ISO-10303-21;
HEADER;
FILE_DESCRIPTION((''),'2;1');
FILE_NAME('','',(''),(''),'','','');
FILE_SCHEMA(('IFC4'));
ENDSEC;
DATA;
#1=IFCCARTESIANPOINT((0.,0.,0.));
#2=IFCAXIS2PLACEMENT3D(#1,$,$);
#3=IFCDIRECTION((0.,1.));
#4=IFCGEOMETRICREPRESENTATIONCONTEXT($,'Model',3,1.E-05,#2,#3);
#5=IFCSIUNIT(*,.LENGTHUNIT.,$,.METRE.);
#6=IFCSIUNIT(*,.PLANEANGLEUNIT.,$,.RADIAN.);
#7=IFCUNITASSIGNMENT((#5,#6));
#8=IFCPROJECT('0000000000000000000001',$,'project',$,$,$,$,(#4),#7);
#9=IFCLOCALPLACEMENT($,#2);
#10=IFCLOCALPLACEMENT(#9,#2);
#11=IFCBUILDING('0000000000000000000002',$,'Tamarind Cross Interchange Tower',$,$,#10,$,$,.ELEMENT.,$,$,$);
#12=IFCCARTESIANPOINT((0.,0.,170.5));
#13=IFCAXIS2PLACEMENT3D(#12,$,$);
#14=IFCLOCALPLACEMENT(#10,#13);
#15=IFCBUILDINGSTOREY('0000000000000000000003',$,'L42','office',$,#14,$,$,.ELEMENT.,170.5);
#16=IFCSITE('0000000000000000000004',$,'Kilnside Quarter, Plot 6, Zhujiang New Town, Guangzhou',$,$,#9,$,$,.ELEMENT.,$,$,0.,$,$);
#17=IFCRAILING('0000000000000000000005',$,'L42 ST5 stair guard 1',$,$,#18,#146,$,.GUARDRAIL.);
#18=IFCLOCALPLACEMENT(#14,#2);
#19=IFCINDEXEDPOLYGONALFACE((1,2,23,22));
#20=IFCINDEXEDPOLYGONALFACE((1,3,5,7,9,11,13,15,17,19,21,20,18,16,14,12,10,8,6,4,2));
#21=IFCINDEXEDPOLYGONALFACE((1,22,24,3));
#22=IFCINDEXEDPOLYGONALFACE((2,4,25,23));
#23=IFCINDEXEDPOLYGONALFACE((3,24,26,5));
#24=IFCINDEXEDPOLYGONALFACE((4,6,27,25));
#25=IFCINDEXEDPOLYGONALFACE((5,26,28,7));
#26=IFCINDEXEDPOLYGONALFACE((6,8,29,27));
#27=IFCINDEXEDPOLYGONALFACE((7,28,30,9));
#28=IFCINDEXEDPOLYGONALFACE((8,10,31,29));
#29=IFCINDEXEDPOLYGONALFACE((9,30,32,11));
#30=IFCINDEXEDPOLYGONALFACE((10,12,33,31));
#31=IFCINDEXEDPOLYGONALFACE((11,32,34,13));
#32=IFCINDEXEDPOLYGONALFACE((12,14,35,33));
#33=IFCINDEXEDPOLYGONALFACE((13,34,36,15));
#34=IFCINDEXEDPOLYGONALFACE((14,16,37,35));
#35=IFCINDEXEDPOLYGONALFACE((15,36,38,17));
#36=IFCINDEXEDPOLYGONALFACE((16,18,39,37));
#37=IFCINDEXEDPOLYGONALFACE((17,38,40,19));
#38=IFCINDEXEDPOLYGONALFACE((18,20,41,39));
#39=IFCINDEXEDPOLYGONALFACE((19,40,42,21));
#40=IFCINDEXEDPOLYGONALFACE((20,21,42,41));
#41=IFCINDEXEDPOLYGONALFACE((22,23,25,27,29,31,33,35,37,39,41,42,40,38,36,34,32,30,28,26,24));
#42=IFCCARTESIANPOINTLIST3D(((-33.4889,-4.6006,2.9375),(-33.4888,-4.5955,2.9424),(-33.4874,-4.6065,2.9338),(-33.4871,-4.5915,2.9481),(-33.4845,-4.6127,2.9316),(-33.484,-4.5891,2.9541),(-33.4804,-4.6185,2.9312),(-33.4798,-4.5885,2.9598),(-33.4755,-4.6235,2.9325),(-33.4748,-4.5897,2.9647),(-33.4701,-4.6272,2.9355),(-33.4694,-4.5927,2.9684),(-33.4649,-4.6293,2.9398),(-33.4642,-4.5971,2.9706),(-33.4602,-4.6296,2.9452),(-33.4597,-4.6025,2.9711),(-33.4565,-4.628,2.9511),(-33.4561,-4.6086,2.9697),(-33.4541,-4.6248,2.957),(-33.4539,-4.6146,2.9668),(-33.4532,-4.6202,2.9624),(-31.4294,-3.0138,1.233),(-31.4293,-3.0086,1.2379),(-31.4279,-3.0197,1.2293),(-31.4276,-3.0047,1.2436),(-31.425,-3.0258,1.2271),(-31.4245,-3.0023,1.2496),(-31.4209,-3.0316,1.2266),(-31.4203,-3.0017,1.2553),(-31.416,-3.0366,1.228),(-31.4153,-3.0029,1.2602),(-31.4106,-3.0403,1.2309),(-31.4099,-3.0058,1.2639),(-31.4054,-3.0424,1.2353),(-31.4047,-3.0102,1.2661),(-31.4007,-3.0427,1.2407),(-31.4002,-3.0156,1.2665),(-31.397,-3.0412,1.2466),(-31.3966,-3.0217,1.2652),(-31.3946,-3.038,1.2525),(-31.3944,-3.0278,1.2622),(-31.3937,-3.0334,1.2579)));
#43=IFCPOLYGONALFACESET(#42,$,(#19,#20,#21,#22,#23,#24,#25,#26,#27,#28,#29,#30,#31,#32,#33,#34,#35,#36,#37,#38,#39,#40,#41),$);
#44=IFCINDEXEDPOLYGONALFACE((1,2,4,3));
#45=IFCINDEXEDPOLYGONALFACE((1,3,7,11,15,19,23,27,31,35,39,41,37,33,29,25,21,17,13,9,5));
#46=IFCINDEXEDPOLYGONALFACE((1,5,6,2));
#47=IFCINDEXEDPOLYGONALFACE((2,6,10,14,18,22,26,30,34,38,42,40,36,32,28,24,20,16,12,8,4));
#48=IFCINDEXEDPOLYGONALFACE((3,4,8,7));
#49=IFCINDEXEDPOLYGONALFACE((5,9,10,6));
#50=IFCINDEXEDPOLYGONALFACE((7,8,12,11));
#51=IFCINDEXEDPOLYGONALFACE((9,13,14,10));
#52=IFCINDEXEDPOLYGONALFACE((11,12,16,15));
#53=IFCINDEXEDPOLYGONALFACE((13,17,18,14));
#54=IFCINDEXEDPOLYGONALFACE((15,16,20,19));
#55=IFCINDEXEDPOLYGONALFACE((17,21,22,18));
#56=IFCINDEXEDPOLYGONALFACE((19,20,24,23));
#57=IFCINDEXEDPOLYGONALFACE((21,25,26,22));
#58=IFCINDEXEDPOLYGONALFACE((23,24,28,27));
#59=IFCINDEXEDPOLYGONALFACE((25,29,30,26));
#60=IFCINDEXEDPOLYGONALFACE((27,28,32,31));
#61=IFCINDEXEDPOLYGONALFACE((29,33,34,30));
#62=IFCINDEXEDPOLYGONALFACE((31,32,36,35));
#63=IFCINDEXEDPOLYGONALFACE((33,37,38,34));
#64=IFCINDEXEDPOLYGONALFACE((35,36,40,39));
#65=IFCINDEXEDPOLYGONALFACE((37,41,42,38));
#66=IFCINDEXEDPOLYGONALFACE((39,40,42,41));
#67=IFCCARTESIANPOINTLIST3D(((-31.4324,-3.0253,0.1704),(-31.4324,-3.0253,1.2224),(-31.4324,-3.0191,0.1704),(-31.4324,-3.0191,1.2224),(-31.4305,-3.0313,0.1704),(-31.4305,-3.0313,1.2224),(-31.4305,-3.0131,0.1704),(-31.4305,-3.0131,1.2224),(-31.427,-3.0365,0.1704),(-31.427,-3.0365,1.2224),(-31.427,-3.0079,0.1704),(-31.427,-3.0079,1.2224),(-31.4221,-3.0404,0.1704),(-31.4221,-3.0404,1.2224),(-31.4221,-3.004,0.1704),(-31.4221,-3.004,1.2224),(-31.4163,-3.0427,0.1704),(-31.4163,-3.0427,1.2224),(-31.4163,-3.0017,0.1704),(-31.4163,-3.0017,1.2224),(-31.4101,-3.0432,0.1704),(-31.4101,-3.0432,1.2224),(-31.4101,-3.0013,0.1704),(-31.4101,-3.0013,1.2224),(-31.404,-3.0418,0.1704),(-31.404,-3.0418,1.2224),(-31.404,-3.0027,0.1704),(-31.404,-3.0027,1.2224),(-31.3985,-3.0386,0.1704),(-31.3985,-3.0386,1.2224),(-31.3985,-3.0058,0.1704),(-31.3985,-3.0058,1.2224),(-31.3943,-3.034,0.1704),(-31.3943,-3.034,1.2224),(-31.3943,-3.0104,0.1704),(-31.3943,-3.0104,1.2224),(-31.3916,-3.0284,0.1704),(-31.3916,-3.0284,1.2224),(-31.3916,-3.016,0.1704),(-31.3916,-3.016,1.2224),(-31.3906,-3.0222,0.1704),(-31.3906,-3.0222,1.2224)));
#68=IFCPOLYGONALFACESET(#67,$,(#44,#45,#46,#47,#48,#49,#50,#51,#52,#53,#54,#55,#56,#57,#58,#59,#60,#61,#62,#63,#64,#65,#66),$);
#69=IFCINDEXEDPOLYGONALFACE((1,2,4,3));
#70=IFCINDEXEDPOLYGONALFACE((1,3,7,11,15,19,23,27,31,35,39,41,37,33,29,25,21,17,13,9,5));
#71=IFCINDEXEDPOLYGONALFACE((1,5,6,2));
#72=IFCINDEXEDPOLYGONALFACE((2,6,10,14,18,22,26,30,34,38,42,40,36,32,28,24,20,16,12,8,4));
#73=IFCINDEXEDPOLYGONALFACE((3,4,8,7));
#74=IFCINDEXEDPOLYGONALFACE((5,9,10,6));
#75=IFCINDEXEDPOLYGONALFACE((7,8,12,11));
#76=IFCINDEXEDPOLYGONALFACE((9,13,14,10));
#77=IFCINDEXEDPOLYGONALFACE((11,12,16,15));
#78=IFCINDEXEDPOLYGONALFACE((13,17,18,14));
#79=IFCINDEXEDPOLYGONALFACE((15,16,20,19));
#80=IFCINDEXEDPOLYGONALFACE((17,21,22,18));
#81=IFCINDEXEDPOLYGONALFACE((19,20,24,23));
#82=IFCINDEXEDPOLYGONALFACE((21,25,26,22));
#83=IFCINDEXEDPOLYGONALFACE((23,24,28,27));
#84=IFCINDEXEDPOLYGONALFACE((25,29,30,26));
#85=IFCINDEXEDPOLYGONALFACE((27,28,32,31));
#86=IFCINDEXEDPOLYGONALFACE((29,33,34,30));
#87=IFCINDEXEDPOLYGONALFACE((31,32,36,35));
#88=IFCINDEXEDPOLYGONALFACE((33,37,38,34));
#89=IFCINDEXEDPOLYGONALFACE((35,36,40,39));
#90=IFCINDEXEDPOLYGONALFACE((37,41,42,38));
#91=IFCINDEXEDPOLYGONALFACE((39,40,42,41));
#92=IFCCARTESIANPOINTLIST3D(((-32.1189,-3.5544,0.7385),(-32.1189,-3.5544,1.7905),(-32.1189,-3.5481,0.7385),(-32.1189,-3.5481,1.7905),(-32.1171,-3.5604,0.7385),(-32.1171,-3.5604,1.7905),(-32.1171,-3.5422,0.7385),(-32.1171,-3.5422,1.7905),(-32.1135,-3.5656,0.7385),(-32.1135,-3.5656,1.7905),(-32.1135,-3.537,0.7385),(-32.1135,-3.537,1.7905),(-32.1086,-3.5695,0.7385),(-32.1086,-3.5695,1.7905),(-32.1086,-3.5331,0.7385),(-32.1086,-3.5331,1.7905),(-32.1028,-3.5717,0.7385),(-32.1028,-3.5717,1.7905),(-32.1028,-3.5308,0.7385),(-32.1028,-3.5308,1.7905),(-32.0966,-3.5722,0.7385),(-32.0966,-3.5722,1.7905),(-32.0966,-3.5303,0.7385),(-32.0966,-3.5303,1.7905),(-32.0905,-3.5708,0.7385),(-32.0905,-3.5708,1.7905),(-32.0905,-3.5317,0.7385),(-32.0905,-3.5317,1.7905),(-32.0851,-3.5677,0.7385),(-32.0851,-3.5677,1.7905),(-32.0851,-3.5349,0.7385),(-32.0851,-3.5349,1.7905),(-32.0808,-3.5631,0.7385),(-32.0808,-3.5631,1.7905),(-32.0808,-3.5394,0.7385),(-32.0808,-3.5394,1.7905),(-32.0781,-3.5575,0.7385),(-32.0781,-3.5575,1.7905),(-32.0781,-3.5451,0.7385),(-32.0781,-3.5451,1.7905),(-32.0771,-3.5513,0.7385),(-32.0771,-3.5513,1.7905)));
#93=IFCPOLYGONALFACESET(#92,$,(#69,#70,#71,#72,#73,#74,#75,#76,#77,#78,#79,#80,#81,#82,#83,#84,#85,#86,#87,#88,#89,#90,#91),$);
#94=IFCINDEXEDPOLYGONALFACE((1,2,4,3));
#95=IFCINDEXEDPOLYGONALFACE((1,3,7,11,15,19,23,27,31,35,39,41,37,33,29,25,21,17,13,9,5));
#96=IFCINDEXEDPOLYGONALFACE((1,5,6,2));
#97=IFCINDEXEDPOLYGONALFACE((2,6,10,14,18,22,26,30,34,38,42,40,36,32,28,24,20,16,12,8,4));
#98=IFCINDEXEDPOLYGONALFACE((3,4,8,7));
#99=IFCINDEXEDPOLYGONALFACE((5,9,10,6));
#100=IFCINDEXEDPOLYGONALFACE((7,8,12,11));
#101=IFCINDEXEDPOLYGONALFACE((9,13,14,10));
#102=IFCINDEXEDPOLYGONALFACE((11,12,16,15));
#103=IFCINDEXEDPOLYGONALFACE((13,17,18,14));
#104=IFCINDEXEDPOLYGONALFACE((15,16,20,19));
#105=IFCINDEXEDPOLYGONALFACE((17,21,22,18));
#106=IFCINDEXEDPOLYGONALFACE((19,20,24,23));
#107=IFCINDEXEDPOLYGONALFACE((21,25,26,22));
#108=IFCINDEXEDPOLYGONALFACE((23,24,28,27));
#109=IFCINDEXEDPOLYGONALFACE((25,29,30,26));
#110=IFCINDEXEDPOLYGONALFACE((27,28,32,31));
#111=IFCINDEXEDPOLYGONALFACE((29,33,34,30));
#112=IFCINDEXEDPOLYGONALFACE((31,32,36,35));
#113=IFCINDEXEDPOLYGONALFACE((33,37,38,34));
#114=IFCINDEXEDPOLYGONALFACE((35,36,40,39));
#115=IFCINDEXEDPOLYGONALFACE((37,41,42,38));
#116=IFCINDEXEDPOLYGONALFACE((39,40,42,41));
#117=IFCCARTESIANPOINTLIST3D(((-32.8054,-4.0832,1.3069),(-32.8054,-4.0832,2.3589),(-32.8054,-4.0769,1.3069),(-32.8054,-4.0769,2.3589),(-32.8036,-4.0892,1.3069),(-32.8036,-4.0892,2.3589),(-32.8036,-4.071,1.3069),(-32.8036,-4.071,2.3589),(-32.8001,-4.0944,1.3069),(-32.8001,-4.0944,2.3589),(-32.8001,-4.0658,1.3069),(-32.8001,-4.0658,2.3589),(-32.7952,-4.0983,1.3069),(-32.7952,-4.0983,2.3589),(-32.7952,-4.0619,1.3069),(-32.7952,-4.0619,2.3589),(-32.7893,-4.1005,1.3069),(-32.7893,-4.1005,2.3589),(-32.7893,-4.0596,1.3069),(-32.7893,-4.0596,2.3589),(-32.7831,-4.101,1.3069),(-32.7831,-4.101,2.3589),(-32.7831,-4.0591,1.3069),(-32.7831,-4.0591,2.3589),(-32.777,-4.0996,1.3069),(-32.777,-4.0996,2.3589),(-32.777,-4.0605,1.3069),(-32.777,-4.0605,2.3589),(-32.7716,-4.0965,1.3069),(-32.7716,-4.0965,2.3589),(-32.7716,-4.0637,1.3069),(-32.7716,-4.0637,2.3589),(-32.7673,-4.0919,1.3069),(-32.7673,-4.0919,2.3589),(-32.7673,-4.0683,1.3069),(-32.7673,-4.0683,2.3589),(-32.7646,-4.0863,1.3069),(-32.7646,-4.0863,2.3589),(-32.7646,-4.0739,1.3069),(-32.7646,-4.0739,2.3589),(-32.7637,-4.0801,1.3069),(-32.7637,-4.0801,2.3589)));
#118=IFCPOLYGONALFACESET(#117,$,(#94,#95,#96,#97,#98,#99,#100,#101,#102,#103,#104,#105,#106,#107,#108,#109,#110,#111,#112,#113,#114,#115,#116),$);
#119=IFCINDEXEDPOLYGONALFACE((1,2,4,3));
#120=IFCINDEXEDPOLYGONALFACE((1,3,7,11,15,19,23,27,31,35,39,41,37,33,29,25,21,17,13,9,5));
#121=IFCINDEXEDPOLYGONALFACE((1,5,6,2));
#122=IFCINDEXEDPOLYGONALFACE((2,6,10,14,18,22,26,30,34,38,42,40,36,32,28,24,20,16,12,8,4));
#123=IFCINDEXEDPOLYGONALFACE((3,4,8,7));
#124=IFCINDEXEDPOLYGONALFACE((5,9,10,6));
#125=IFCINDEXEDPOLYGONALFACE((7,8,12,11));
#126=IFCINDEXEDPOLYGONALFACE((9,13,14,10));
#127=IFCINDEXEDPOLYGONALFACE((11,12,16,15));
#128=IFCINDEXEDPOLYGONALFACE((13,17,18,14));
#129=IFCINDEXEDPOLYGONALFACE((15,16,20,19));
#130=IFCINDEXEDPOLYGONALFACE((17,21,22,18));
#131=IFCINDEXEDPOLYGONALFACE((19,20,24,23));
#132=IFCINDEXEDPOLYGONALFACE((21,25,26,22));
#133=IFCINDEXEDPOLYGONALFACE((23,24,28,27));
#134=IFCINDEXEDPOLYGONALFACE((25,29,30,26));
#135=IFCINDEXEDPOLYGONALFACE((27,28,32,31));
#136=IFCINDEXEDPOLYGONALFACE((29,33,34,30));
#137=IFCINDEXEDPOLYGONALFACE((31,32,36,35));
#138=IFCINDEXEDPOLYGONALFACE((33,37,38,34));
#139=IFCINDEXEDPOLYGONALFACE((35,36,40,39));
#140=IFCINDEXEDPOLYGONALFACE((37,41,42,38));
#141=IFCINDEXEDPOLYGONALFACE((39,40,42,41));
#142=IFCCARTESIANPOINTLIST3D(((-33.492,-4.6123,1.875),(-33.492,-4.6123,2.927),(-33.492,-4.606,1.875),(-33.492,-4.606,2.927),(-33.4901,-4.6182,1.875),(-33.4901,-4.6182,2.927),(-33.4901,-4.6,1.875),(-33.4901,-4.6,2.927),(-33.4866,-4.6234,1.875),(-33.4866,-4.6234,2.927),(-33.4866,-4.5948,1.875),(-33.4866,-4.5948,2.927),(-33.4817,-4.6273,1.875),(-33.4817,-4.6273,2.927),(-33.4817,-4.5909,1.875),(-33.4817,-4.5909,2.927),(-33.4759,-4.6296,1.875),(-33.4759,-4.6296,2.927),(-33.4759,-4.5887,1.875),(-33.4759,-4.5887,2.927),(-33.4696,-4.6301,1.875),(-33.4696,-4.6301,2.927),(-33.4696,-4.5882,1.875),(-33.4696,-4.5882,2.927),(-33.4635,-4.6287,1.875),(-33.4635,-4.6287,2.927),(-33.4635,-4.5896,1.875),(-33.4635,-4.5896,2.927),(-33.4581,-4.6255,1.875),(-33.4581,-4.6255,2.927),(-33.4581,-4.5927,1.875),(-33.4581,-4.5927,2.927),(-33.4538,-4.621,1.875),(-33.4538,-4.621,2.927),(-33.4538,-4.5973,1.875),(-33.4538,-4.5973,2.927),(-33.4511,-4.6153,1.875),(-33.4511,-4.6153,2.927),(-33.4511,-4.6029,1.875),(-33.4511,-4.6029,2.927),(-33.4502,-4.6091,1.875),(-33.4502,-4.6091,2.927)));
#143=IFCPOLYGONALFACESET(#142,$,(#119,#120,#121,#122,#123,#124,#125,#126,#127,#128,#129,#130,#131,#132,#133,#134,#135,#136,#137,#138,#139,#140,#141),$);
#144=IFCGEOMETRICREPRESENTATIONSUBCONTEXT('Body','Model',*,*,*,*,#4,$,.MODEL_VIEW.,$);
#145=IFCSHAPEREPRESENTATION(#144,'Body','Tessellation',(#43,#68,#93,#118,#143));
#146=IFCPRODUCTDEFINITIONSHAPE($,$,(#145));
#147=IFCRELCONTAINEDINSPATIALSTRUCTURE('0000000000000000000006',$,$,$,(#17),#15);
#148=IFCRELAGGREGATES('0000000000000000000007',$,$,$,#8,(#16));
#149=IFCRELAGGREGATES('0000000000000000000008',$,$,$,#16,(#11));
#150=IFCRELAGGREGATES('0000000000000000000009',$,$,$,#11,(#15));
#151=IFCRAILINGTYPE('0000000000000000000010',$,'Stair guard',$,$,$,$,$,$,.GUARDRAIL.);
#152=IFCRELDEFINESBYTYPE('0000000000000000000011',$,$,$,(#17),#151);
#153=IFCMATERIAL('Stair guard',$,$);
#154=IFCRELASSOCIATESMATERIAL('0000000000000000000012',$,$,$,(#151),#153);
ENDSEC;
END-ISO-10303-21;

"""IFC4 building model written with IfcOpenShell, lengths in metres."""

from ifc_helpers import new_model, si_unit, direction, frame, origin, origin_2d, place, context, subcontext, project, spatial, circle, extrude, material, type_object, element, save


model = new_model("IFC4")

# Units and contexts
model_context = context("Model", 3, precision=1e-05, world=origin(), true_north=direction((0.0, 1.0)))
body_context = subcontext(model_context, "Body", "Model", "MODEL_VIEW")
ifc_project = project(units=[si_unit("LENGTHUNIT", "METRE"), si_unit("PLANEANGLEUNIT", "RADIAN")], contexts=[model_context])

# Site, building, storey
site_placement = place(None, origin())
site = spatial("IfcSite", under=ifc_project, at=site_placement, Name="Kilnside Quarter, Plot 6, Zhujiang New Town, Guangzhou", CompositionType="ELEMENT", RefElevation=0.0)
building_placement = place(site_placement, origin())
building = spatial("IfcBuilding", under=site, at=building_placement, Name="Tamarind Cross Interchange Tower", CompositionType="ELEMENT")
storey_placement = place(building_placement, frame((0.0, 0.0, 170.5)))
storey = spatial("IfcBuildingStorey", under=building, at=storey_placement, Name="L42", Description="office", CompositionType="ELEMENT", Elevation=170.5)

# Railing
ifc_material_1 = material(Name="Stair guard")
railing_type = type_object("IfcRailingType", Name="Stair guard", PredefinedType="GUARDRAIL", material=ifc_material_1)
railing_1_placement = place(storey_placement, frame((-31.4116, -3.0222, 0.1704)))
element("IfcRailing", 1, at=railing_1_placement, inside=storey, type_object=railing_type, Name="L42 ST5 stair guard 1", PredefinedType="GUARDRAIL", context=body_context, shape_type="SweptSolid", body=[
    extrude(circle(Radius=0.0239, at=origin_2d()), frame((0.0, 0.0, 1.0762), z_axis=(-0.662459, -0.510429, 0.54828), x_axis=(0.610346, -0.792135, 0.0)), (0.0, 0.0, 1.0), 3.1089),
    extrude(circle(Radius=0.021, at=origin_2d()), origin(), (0.0, 0.0, 1.0), 1.052),
    extrude(circle(Radius=0.021, at=origin_2d()), frame((-0.6865, -0.5291, 0.5681)), (0.0, 0.0, 1.0), 1.052),
    extrude(circle(Radius=0.021, at=origin_2d()), frame((-1.373, -1.0579, 1.1365)), (0.0, 0.0, 1.0), 1.052),
    extrude(circle(Radius=0.021, at=origin_2d()), frame((-2.0596, -1.5869, 1.7046)), (0.0, 0.0, 1.0), 1.052),
])

save(model, "model.ifc")
